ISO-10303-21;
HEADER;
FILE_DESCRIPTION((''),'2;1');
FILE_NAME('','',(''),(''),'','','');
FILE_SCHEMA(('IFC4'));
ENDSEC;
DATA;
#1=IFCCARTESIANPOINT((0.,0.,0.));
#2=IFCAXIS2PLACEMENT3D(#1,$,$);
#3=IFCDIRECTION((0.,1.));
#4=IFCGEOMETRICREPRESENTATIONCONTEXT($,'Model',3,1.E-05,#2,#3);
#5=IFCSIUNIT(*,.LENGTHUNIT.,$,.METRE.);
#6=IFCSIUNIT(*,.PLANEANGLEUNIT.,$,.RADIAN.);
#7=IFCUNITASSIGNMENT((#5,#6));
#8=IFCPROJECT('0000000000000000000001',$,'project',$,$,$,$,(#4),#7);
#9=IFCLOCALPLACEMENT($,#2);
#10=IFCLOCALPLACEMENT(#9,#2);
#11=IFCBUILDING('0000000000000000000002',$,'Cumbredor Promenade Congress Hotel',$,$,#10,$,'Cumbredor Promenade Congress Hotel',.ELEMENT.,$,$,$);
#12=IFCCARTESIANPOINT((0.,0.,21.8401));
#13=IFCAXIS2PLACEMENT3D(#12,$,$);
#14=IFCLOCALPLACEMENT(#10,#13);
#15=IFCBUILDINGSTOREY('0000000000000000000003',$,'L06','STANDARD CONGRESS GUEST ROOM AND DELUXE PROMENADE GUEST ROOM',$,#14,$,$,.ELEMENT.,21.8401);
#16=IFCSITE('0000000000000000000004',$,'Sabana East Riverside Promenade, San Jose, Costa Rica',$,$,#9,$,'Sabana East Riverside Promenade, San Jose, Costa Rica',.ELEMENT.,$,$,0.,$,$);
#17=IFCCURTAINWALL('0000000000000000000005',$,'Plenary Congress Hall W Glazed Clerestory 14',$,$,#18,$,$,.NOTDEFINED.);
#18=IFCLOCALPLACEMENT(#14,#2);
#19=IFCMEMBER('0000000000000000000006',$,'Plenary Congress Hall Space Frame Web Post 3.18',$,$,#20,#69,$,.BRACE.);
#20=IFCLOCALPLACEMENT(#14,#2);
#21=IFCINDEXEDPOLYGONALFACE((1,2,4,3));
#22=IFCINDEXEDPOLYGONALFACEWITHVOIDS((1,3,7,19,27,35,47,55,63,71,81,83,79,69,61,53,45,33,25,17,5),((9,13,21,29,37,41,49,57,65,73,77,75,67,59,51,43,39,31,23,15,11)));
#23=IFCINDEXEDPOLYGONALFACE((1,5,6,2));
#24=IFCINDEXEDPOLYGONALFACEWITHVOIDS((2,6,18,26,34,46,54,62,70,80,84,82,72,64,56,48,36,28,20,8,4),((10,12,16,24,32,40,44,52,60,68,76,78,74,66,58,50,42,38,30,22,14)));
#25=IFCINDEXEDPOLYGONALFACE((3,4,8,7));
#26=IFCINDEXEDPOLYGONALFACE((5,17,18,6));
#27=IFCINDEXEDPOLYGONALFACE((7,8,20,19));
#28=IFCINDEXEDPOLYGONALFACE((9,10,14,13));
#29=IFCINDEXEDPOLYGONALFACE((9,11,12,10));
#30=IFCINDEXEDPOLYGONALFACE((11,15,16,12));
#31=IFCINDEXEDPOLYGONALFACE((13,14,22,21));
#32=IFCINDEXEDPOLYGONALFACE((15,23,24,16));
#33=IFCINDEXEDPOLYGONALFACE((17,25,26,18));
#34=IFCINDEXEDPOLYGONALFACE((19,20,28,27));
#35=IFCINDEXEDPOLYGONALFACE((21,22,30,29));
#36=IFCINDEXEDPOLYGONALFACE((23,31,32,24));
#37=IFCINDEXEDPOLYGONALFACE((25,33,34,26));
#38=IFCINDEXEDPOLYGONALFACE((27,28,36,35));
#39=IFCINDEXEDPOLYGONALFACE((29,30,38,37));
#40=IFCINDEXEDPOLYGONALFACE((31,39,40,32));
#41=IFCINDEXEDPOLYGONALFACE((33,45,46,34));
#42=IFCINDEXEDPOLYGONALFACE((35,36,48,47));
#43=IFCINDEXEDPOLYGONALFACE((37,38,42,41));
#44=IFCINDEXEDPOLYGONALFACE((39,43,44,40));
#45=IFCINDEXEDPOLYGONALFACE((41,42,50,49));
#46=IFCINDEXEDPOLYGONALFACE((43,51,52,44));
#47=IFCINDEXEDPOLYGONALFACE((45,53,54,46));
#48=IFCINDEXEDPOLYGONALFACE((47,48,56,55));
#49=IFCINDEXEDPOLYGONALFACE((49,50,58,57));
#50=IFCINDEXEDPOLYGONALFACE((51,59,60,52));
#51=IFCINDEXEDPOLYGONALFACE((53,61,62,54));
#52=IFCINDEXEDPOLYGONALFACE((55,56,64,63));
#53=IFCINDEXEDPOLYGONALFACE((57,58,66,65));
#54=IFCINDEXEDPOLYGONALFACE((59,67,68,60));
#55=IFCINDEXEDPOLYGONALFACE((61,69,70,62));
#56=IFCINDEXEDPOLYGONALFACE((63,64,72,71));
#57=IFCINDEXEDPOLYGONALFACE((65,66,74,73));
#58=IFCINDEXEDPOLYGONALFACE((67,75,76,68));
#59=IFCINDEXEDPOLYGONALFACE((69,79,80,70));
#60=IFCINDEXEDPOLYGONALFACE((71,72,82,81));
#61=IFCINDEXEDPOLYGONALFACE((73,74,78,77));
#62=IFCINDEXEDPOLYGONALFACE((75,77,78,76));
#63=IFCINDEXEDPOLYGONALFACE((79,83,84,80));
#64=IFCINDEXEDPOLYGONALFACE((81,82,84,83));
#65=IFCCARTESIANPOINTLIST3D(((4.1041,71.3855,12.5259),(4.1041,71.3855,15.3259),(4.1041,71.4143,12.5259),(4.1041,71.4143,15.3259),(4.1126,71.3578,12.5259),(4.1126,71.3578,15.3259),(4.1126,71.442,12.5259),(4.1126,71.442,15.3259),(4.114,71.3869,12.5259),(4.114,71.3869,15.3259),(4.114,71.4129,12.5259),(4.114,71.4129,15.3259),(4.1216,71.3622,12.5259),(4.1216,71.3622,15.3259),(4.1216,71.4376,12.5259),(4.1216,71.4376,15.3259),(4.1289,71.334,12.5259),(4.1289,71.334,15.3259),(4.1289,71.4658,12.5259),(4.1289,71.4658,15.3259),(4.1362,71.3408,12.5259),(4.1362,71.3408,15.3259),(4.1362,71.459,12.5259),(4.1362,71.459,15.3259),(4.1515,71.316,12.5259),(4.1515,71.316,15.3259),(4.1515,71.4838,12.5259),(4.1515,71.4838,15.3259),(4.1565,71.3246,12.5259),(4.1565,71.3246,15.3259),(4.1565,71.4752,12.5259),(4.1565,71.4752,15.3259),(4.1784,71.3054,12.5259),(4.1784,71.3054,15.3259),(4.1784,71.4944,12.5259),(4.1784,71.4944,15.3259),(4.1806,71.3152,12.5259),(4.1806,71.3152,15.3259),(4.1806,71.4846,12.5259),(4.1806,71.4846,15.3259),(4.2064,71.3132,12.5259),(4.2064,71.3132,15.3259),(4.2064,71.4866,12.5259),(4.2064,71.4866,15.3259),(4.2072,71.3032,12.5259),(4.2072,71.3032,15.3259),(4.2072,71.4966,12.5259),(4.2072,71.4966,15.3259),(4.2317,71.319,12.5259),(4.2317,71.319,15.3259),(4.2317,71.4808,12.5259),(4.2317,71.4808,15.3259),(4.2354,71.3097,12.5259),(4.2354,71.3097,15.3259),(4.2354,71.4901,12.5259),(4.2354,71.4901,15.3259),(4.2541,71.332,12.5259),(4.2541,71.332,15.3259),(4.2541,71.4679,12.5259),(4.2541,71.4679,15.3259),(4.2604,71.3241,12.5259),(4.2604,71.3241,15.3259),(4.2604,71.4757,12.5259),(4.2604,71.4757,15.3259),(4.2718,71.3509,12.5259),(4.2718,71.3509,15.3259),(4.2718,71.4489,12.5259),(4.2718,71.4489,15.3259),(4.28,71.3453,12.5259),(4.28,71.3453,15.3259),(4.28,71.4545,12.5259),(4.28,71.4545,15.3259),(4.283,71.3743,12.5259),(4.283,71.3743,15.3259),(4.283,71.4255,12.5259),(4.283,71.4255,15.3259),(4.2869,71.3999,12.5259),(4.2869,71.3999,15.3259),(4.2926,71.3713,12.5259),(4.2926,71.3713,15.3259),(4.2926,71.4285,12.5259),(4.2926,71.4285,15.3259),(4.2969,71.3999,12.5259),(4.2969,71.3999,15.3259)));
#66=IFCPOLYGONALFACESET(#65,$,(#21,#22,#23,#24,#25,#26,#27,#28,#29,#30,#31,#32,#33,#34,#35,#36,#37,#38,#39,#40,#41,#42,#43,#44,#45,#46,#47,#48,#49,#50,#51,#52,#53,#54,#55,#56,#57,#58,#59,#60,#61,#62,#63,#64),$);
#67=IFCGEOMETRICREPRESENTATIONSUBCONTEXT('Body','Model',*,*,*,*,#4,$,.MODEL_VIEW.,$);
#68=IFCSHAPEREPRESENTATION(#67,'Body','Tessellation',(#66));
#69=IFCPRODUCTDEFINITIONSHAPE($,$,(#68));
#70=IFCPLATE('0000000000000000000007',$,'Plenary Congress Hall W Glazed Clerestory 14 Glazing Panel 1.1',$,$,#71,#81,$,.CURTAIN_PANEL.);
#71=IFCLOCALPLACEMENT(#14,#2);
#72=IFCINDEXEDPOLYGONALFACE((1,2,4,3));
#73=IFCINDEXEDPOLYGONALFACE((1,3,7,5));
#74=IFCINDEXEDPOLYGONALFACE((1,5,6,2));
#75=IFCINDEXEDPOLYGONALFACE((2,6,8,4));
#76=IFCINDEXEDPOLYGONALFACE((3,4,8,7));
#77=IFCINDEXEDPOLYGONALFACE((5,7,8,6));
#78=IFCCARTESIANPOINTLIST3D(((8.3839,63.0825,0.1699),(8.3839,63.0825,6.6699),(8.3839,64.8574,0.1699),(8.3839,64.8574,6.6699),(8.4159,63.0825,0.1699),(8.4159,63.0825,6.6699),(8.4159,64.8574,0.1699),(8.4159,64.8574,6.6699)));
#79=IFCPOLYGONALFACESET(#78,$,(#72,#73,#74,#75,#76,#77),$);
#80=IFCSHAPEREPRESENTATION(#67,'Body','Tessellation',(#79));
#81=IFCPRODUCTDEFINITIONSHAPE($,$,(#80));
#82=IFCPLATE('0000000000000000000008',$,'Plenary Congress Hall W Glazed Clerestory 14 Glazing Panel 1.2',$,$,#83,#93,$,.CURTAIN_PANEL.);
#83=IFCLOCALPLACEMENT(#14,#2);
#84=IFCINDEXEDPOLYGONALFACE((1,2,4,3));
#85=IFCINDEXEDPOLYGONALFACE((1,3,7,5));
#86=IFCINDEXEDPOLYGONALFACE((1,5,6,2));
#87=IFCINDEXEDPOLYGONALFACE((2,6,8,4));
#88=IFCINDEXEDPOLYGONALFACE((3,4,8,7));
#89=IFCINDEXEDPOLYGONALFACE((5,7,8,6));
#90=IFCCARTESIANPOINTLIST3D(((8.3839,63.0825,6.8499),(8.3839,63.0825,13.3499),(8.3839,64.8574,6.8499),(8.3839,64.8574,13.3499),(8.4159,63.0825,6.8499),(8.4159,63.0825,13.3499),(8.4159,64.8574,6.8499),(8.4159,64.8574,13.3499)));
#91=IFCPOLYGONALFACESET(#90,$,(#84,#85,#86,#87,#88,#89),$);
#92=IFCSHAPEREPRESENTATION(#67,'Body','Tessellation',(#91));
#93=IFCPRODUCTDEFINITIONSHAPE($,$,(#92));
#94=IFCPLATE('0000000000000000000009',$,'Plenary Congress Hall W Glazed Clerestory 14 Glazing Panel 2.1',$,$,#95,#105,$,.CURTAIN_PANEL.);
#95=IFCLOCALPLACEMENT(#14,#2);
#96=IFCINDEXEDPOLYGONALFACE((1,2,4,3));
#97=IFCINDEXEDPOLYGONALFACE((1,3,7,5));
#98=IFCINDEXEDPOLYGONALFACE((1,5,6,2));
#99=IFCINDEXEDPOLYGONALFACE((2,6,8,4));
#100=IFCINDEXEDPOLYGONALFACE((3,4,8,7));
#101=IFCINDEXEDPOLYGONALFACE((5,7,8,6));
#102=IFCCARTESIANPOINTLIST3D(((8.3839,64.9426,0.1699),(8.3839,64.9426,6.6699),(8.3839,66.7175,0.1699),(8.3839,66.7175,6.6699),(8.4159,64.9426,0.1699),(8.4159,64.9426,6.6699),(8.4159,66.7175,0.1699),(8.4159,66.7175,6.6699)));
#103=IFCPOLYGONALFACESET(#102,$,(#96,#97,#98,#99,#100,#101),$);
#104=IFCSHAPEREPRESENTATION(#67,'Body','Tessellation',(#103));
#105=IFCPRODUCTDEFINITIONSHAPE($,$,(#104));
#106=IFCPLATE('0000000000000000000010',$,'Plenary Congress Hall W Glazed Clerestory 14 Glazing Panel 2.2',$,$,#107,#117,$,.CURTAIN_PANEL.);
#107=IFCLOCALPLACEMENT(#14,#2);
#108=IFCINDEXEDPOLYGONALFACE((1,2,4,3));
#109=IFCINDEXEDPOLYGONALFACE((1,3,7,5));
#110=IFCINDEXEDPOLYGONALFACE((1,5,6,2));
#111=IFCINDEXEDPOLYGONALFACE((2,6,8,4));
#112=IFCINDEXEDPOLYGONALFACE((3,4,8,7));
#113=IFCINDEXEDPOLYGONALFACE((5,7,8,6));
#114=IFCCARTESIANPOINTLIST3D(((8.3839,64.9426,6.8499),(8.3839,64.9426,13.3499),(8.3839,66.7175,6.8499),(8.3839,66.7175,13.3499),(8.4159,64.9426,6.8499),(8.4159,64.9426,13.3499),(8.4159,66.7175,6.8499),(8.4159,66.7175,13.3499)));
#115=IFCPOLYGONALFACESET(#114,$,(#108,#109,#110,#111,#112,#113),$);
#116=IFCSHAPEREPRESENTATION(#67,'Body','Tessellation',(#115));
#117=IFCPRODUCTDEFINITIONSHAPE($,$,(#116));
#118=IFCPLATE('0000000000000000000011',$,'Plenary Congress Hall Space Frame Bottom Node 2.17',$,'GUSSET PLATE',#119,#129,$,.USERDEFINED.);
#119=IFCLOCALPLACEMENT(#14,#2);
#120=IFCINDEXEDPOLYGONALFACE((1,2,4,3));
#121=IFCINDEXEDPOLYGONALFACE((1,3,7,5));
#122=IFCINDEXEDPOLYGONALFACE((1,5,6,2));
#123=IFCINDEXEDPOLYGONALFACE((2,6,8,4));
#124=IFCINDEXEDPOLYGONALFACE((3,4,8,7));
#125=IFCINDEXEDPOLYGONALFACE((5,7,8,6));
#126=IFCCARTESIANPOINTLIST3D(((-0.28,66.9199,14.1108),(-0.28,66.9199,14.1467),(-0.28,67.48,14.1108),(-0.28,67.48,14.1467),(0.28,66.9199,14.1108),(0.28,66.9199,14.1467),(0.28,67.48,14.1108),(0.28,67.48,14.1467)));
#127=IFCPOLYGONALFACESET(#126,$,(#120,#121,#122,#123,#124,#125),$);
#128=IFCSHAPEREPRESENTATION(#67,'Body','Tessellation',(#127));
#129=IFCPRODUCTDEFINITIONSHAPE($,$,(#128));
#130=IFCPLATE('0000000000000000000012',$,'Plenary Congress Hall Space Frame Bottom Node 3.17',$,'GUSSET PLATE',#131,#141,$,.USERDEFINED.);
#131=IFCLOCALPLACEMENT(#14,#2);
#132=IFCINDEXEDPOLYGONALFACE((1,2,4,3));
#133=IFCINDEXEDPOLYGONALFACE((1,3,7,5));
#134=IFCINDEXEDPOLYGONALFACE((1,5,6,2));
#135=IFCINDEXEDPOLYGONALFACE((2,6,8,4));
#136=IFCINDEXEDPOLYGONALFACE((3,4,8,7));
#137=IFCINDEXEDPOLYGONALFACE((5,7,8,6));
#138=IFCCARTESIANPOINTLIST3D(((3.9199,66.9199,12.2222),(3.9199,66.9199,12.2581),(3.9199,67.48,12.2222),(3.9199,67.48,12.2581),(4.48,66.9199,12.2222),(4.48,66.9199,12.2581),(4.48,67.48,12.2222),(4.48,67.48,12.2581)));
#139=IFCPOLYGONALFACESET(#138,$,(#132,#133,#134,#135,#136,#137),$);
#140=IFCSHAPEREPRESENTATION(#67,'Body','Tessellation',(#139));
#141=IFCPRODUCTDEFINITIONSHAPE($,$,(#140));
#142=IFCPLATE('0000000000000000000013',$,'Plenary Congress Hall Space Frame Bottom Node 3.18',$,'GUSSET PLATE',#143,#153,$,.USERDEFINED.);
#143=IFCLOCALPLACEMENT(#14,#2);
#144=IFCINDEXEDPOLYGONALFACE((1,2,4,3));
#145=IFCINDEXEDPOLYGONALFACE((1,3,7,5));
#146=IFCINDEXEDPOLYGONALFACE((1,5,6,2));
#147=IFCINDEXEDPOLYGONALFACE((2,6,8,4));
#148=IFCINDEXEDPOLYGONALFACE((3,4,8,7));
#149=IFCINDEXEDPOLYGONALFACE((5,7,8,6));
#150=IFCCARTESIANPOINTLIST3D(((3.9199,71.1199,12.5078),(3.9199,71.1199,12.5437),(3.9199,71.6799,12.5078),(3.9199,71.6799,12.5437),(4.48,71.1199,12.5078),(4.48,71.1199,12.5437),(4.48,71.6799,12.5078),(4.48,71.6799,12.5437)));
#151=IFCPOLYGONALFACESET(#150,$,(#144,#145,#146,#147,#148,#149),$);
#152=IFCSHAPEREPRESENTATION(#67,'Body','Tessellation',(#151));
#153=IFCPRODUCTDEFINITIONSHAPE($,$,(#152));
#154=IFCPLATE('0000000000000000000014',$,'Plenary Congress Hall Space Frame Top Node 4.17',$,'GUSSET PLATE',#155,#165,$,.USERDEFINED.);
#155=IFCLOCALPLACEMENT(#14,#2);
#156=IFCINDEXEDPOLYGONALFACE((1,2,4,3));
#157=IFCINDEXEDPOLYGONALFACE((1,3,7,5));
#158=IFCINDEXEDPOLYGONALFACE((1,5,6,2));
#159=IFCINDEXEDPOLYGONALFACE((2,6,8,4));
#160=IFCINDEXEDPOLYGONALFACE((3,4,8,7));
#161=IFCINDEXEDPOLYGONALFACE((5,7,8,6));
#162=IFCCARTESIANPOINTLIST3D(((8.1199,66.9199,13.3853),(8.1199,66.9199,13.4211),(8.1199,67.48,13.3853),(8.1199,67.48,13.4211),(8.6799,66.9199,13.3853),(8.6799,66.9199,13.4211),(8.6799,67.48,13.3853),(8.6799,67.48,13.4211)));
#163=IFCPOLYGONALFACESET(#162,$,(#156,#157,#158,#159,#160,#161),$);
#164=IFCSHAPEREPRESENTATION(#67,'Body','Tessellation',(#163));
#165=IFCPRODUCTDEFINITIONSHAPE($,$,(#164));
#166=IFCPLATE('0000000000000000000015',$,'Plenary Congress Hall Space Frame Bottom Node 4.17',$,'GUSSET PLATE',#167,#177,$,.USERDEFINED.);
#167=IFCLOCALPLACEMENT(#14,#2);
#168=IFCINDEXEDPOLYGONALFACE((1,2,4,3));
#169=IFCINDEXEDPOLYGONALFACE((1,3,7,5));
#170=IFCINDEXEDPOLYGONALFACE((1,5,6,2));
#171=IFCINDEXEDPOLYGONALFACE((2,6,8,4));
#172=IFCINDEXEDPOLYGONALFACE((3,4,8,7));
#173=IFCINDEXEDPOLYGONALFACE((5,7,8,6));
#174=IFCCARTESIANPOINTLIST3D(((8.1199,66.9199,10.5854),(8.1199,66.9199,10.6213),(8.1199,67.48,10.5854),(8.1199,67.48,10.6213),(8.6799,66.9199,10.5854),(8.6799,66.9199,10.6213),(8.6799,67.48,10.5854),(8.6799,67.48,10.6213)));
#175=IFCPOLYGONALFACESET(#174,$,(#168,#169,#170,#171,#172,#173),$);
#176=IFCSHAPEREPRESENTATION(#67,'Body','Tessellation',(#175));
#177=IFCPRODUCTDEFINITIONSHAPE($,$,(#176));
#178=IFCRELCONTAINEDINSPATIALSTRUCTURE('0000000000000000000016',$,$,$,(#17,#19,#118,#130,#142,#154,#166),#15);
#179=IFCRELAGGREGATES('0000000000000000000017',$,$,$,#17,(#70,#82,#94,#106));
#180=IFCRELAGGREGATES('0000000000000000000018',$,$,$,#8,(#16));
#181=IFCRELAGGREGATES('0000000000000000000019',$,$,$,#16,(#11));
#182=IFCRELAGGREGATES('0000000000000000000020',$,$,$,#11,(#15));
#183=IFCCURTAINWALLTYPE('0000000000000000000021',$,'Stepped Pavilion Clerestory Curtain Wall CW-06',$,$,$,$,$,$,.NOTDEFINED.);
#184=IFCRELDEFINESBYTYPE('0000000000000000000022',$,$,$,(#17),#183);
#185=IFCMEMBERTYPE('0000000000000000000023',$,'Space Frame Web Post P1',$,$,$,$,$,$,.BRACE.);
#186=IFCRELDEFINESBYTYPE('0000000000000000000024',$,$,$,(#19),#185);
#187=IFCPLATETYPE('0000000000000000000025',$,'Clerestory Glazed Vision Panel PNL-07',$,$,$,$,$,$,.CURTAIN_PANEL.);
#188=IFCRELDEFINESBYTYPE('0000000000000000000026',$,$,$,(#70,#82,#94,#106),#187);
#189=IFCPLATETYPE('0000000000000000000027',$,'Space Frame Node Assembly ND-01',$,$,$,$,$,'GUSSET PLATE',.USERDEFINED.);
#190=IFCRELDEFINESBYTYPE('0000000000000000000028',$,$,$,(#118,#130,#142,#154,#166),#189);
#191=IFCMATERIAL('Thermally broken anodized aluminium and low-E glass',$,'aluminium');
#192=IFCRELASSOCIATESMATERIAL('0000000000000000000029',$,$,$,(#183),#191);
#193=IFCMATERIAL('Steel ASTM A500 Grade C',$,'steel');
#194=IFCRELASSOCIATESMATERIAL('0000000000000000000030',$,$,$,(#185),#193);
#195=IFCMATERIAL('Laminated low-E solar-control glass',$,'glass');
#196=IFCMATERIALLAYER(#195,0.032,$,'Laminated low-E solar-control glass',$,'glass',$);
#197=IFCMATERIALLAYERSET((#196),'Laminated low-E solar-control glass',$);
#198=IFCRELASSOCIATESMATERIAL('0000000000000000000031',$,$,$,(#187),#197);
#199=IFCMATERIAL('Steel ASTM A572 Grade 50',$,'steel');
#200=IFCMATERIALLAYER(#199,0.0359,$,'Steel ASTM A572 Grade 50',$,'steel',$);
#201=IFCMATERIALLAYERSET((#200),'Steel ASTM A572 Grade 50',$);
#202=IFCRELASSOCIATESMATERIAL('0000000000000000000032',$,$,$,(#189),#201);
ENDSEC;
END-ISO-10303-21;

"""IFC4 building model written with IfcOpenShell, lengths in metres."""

from ifc_helpers import new_model, si_unit, direction, frame, origin, origin_2d, place, context, subcontext, project, spatial, rectangle, hollow_circle, extrude, material, layer, layer_set, material_profile, profile_set, type_object, element, aggregate, save


model = new_model("IFC4")

# Units and contexts
model_context = context("Model", 3, precision=1e-05, world=origin(), true_north=direction((0.0, 1.0)))
body_context = subcontext(model_context, "Body", "Model", "MODEL_VIEW")
ifc_project = project(units=[si_unit("LENGTHUNIT", "METRE"), si_unit("PLANEANGLEUNIT", "RADIAN")], contexts=[model_context])

# Site, building, storey
site_placement = place(None, origin())
site = spatial("IfcSite", under=ifc_project, at=site_placement, Name="Sabana East Riverside Promenade, San Jose, Costa Rica", LongName="Sabana East Riverside Promenade, San Jose, Costa Rica", CompositionType="ELEMENT", RefElevation=0.0)
building_placement = place(site_placement, origin())
building = spatial("IfcBuilding", under=site, at=building_placement, Name="Cumbredor Promenade Congress Hotel", LongName="Cumbredor Promenade Congress Hotel", CompositionType="ELEMENT")
storey_placement = place(building_placement, frame((0.0, 0.0, 21.8401)))
storey = spatial("IfcBuildingStorey", under=building, at=storey_placement, Name="L06", Description="STANDARD CONGRESS GUEST ROOM AND DELUXE PROMENADE GUEST ROOM", CompositionType="ELEMENT", Elevation=21.8401)

# Curtain wall
ifc_material_1 = material(Name="Thermally broken anodized aluminium and low-E glass", Category="aluminium")
curtain_wall_type = type_object("IfcCurtainWallType", Name="Stepped Pavilion Clerestory Curtain Wall CW-06", PredefinedType="NOTDEFINED", material=ifc_material_1)
curtain_wall_placement = place(storey_placement, origin())
curtain_wall = element("IfcCurtainWall", 1, at=curtain_wall_placement, inside=storey, type_object=curtain_wall_type, Name="Plenary Congress Hall W Glazed Clerestory 14", PredefinedType="NOTDEFINED")

# Member
ifc_material_2 = material(Name="Steel ASTM A500 Grade C", Category="steel")
ifc_material_profile_1 = material_profile(ifc_material_2, hollow_circle(Radius=0.0969, WallThickness=0.01, at=origin_2d()), Name="CHS 193.7x10")
ifc_profile_set_1 = profile_set([ifc_material_profile_1], Name="Steel ASTM A500 Grade C")
member_type_1 = type_object("IfcMemberType", Name="Space Frame Web Post P1", PredefinedType="BRACE", material=ifc_profile_set_1)
for number, where, z_axis, x_axis, name in (
    (2, (4.2, 71.3999, 12.5259), (0.0, 0.0, 1.0), (1.0, 0.0, 0.0), "Plenary Congress Hall Space Frame Web Post 3.18"),
):
    element("IfcMember", number, at=place(storey_placement, frame(where, z_axis=z_axis, x_axis=x_axis)), inside=storey, type_object=member_type_1, Name=name, PredefinedType="BRACE", context=body_context, shape_type="SweptSolid", body=[
        extrude(hollow_circle(Radius=0.0969, WallThickness=0.01, at=origin_2d()), origin(), (0.0, 0.0, 1.0), 2.8),
    ])

# Plates
ifc_material_3 = material(Name="Laminated low-E solar-control glass", Category="glass")
ifc_layer_1 = layer(ifc_material_3, 0.032, Name="Laminated low-E solar-control glass", Category="glass")
ifc_layer_set_1 = layer_set([ifc_layer_1], Name="Laminated low-E solar-control glass")
plate_type_1 = type_object("IfcPlateType", Name="Clerestory Glazed Vision Panel PNL-07", PredefinedType="CURTAIN_PANEL", material=ifc_layer_set_1)
plate_1_placement = place(storey_placement, frame((8.3999, 63.97, 0.1699), z_axis=(0.0, 0.0, 1.0), x_axis=(0.0, 1.0, 0.0)))
plate_1 = element("IfcPlate", 3, at=plate_1_placement, type_object=plate_type_1, Name="Plenary Congress Hall W Glazed Clerestory 14 Glazing Panel 1.1", PredefinedType="CURTAIN_PANEL", context=body_context, shape_type="SweptSolid", body=[
    extrude(rectangle(XDim=1.7749, YDim=0.032, at=origin_2d()), origin(), (0.0, 0.0, 1.0), 6.5),
])
plate_2_placement = place(storey_placement, frame((8.3999, 63.97, 6.8499), z_axis=(0.0, 0.0, 1.0), x_axis=(0.0, 1.0, 0.0)))
plate_2 = element("IfcPlate", 4, at=plate_2_placement, type_object=plate_type_1, Name="Plenary Congress Hall W Glazed Clerestory 14 Glazing Panel 1.2", PredefinedType="CURTAIN_PANEL", context=body_context, shape_type="SweptSolid", body=[
    extrude(rectangle(XDim=1.7749, YDim=0.032, at=origin_2d()), origin(), (0.0, 0.0, 1.0), 6.5),
])
plate_3_placement = place(storey_placement, frame((8.3999, 65.8301, 0.1699), z_axis=(0.0, 0.0, 1.0), x_axis=(0.0, 1.0, 0.0)))
plate_3 = element("IfcPlate", 5, at=plate_3_placement, type_object=plate_type_1, Name="Plenary Congress Hall W Glazed Clerestory 14 Glazing Panel 2.1", PredefinedType="CURTAIN_PANEL", context=body_context, shape_type="SweptSolid", body=[
    extrude(rectangle(XDim=1.7749, YDim=0.032, at=origin_2d()), origin(), (0.0, 0.0, 1.0), 6.5),
])
plate_4_placement = place(storey_placement, frame((8.3999, 65.8301, 6.8499), z_axis=(0.0, 0.0, 1.0), x_axis=(0.0, 1.0, 0.0)))
plate_4 = element("IfcPlate", 6, at=plate_4_placement, type_object=plate_type_1, Name="Plenary Congress Hall W Glazed Clerestory 14 Glazing Panel 2.2", PredefinedType="CURTAIN_PANEL", context=body_context, shape_type="SweptSolid", body=[
    extrude(rectangle(XDim=1.7749, YDim=0.032, at=origin_2d()), origin(), (0.0, 0.0, 1.0), 6.5),
])
aggregate(curtain_wall, [plate_1, plate_2, plate_3, plate_4])

# Plates
ifc_material_4 = material(Name="Steel ASTM A572 Grade 50", Category="steel")
ifc_layer_2 = layer(ifc_material_4, 0.0359, Name="Steel ASTM A572 Grade 50", Category="steel")
ifc_layer_set_2 = layer_set([ifc_layer_2], Name="Steel ASTM A572 Grade 50")
plate_type_2 = type_object("IfcPlateType", Name="Space Frame Node Assembly ND-01", ElementType="GUSSET PLATE", PredefinedType="USERDEFINED", material=ifc_layer_set_2)
for number, where, z_axis, x_axis, name in (
    (7, (0.0, 67.2, 14.1108), (0.0, 0.0, 1.0), (1.0, 0.0, 0.0), "Plenary Congress Hall Space Frame Bottom Node 2.17"),
    (8, (4.2, 67.2, 12.2222), (0.0, 0.0, 1.0), (1.0, 0.0, 0.0), "Plenary Congress Hall Space Frame Bottom Node 3.17"),
    (9, (4.2, 71.3999, 12.5078), (0.0, 0.0, 1.0), (1.0, 0.0, 0.0), "Plenary Congress Hall Space Frame Bottom Node 3.18"),
    (10, (8.3999, 67.2, 13.3853), (0.0, 0.0, 1.0), (1.0, 0.0, 0.0), "Plenary Congress Hall Space Frame Top Node 4.17"),
    (11, (8.3999, 67.2, 10.5854), (0.0, 0.0, 1.0), (1.0, 0.0, 0.0), "Plenary Congress Hall Space Frame Bottom Node 4.17"),
):
    element("IfcPlate", number, at=place(storey_placement, frame(where, z_axis=z_axis, x_axis=x_axis)), inside=storey, type_object=plate_type_2, Name=name, ObjectType="GUSSET PLATE", PredefinedType="USERDEFINED", context=body_context, shape_type="SweptSolid", body=[
        extrude(rectangle(XDim=0.5601, YDim=0.5601, at=origin_2d()), origin(), (0.0, 0.0, 1.0), 0.0359),
    ])

save(model, "model.ifc")
